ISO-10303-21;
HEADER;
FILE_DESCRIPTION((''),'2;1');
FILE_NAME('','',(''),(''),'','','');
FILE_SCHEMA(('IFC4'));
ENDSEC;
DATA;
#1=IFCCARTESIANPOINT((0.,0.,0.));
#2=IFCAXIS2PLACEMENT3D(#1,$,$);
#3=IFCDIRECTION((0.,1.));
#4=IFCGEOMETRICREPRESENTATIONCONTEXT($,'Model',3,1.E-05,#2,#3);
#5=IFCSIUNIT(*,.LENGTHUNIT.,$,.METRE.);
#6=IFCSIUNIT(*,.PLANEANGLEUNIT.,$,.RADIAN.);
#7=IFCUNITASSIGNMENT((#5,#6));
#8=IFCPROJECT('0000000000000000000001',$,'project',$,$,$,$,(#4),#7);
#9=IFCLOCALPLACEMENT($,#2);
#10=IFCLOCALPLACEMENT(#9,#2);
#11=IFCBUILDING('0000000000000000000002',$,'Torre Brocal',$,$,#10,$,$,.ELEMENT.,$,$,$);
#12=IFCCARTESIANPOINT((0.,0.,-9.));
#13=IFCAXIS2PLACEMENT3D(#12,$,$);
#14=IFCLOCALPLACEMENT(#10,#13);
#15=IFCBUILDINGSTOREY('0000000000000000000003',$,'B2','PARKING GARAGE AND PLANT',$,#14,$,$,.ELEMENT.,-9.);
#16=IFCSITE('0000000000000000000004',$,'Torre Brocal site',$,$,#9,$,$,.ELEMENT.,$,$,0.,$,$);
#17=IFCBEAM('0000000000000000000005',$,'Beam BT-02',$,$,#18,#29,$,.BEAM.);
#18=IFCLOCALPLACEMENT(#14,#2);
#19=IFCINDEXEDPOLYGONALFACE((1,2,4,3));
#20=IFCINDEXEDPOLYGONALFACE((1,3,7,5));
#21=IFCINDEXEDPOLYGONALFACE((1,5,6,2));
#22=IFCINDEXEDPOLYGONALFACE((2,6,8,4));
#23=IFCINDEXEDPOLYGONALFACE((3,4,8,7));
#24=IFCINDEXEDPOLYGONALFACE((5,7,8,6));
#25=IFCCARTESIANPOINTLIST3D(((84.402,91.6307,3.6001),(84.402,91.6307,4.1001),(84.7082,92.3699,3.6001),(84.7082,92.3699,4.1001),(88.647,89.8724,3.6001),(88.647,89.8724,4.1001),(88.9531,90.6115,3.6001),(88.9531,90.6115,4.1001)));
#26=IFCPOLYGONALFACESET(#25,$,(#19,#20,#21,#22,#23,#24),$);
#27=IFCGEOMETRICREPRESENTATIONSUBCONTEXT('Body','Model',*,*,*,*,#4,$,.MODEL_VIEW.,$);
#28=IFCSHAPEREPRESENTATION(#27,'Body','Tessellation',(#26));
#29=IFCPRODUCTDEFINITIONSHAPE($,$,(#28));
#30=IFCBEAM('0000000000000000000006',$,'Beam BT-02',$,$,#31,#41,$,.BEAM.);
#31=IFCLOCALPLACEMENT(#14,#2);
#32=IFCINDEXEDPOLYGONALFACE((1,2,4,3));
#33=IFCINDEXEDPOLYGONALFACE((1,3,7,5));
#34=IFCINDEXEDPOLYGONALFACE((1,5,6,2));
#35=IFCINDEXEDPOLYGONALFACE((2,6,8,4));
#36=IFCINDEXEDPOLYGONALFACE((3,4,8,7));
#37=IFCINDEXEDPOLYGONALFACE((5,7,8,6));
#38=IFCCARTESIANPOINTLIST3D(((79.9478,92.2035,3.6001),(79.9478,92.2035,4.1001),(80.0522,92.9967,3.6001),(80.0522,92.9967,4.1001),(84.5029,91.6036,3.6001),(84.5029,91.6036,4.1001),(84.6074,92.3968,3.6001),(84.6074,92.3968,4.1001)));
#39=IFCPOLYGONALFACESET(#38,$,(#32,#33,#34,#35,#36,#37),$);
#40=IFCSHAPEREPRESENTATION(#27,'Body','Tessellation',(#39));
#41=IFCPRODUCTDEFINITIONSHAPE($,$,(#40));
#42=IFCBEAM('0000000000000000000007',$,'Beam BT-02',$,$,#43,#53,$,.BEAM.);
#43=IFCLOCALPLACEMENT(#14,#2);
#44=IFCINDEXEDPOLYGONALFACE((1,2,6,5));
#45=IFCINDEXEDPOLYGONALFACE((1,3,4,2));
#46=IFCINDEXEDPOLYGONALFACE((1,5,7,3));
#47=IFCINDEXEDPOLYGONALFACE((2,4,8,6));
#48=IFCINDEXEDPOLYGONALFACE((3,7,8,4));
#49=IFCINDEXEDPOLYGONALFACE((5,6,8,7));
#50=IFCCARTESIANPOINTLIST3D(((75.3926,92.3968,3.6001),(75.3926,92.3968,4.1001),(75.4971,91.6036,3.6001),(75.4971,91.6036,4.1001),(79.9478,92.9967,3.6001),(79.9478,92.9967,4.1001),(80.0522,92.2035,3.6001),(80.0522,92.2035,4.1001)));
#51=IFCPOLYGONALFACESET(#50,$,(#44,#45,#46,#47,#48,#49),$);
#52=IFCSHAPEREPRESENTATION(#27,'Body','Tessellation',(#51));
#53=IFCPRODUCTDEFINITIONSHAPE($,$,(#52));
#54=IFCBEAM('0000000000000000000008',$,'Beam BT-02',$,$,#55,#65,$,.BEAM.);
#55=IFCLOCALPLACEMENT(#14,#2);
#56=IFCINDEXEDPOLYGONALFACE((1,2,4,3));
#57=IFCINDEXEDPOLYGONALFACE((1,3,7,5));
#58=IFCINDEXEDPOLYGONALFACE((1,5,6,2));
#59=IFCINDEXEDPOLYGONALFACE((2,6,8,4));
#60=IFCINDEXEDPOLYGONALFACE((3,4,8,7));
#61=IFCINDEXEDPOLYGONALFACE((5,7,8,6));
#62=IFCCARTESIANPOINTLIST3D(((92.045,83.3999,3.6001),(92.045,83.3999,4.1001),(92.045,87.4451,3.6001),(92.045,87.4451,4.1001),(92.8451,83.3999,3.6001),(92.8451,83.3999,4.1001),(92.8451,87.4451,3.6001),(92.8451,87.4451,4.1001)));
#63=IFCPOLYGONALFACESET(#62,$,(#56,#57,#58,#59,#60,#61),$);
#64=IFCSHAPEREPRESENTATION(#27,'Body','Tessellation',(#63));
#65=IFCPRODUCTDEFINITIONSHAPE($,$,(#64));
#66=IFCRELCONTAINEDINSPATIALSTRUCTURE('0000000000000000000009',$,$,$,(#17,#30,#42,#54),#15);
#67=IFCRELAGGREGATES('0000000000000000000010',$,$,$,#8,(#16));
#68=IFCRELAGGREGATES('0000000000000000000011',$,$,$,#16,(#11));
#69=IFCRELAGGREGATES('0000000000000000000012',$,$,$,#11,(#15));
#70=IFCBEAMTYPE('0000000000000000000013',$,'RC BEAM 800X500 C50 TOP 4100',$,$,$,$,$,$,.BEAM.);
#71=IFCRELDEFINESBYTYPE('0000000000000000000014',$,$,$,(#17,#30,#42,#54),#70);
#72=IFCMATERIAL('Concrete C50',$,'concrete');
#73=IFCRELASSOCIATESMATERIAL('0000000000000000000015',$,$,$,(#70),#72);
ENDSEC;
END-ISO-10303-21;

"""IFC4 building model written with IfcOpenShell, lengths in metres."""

from ifc_helpers import new_model, si_unit, direction, frame, origin, origin_2d, place, context, subcontext, project, spatial, rectangle, extrude, material, material_profile, profile_set, type_object, element, save


model = new_model("IFC4")

# Units and contexts
model_context = context("Model", 3, precision=1e-05, world=origin(), true_north=direction((0.0, 1.0)))
body_context = subcontext(model_context, "Body", "Model", "MODEL_VIEW")
ifc_project = project(units=[si_unit("LENGTHUNIT", "METRE"), si_unit("PLANEANGLEUNIT", "RADIAN")], contexts=[model_context])

# Site, building, storey
site_placement = place(None, origin())
site = spatial("IfcSite", under=ifc_project, at=site_placement, Name="Torre Brocal site", CompositionType="ELEMENT", RefElevation=0.0)
building_placement = place(site_placement, origin())
building = spatial("IfcBuilding", under=site, at=building_placement, Name="Torre Brocal", CompositionType="ELEMENT")
storey_placement = place(building_placement, frame((0.0, 0.0, -9.0)))
storey = spatial("IfcBuildingStorey", under=building, at=storey_placement, Name="B2", Description="PARKING GARAGE AND PLANT", CompositionType="ELEMENT", Elevation=-9.0)

# Beams
ifc_material_1 = material(Name="Concrete C50", Category="concrete")
ifc_material_profile_1 = material_profile(ifc_material_1, rectangle(XDim=0.8, YDim=0.5, at=origin_2d()), Name="RC 800X500")
ifc_profile_set_1 = profile_set([ifc_material_profile_1], Name="Concrete C50")
beam_type = type_object("IfcBeamType", Name="RC BEAM 800X500 C50 TOP 4100", PredefinedType="BEAM", material=ifc_profile_set_1)
beam_1_placement = place(storey_placement, frame((88.8, 90.2419, 3.8501), z_axis=(-0.923878, 0.382687, 0.0), x_axis=(-0.382687, -0.923878, 0.0)))
element("IfcBeam", 1, at=beam_1_placement, inside=storey, type_object=beam_type, Name="Beam BT-02", PredefinedType="BEAM", context=body_context, shape_type="SweptSolid", body=[
    extrude(rectangle(XDim=0.8, YDim=0.5, at=origin_2d()), origin(), (0.0, 0.0, 1.0), 4.5947),
])
for number, where, z_axis, x_axis, name in (
    (2, (84.5552, 92.0002, 3.8501), (-0.991441, 0.130559, 0.0), (-0.130559, -0.991441, 0.0), "Beam BT-02"),
    (3, (80.0, 92.6001, 3.8501), (-0.991441, -0.130559, 0.0), (0.130559, -0.991441, 0.0), "Beam BT-02"),
):
    element("IfcBeam", number, at=place(storey_placement, frame(where, z_axis=z_axis, x_axis=x_axis)), inside=storey, type_object=beam_type, Name=name, PredefinedType="BEAM", context=body_context, shape_type="SweptSolid", body=[
        extrude(rectangle(XDim=0.8, YDim=0.5, at=origin_2d()), origin(), (0.0, 0.0, 1.0), 4.5945),
    ])
beam_2_placement = place(storey_placement, frame((92.4451, 87.4451, 3.8501), z_axis=(0.0, -1.0, 0.0), x_axis=(1.0, 0.0, 0.0)))
element("IfcBeam", 4, at=beam_2_placement, inside=storey, type_object=beam_type, Name="Beam BT-02", PredefinedType="BEAM", context=body_context, shape_type="SweptSolid", body=[
    extrude(rectangle(XDim=0.8, YDim=0.5, at=origin_2d()), origin(), (0.0, 0.0, 1.0), 4.0452),
])

save(model, "model.ifc")
